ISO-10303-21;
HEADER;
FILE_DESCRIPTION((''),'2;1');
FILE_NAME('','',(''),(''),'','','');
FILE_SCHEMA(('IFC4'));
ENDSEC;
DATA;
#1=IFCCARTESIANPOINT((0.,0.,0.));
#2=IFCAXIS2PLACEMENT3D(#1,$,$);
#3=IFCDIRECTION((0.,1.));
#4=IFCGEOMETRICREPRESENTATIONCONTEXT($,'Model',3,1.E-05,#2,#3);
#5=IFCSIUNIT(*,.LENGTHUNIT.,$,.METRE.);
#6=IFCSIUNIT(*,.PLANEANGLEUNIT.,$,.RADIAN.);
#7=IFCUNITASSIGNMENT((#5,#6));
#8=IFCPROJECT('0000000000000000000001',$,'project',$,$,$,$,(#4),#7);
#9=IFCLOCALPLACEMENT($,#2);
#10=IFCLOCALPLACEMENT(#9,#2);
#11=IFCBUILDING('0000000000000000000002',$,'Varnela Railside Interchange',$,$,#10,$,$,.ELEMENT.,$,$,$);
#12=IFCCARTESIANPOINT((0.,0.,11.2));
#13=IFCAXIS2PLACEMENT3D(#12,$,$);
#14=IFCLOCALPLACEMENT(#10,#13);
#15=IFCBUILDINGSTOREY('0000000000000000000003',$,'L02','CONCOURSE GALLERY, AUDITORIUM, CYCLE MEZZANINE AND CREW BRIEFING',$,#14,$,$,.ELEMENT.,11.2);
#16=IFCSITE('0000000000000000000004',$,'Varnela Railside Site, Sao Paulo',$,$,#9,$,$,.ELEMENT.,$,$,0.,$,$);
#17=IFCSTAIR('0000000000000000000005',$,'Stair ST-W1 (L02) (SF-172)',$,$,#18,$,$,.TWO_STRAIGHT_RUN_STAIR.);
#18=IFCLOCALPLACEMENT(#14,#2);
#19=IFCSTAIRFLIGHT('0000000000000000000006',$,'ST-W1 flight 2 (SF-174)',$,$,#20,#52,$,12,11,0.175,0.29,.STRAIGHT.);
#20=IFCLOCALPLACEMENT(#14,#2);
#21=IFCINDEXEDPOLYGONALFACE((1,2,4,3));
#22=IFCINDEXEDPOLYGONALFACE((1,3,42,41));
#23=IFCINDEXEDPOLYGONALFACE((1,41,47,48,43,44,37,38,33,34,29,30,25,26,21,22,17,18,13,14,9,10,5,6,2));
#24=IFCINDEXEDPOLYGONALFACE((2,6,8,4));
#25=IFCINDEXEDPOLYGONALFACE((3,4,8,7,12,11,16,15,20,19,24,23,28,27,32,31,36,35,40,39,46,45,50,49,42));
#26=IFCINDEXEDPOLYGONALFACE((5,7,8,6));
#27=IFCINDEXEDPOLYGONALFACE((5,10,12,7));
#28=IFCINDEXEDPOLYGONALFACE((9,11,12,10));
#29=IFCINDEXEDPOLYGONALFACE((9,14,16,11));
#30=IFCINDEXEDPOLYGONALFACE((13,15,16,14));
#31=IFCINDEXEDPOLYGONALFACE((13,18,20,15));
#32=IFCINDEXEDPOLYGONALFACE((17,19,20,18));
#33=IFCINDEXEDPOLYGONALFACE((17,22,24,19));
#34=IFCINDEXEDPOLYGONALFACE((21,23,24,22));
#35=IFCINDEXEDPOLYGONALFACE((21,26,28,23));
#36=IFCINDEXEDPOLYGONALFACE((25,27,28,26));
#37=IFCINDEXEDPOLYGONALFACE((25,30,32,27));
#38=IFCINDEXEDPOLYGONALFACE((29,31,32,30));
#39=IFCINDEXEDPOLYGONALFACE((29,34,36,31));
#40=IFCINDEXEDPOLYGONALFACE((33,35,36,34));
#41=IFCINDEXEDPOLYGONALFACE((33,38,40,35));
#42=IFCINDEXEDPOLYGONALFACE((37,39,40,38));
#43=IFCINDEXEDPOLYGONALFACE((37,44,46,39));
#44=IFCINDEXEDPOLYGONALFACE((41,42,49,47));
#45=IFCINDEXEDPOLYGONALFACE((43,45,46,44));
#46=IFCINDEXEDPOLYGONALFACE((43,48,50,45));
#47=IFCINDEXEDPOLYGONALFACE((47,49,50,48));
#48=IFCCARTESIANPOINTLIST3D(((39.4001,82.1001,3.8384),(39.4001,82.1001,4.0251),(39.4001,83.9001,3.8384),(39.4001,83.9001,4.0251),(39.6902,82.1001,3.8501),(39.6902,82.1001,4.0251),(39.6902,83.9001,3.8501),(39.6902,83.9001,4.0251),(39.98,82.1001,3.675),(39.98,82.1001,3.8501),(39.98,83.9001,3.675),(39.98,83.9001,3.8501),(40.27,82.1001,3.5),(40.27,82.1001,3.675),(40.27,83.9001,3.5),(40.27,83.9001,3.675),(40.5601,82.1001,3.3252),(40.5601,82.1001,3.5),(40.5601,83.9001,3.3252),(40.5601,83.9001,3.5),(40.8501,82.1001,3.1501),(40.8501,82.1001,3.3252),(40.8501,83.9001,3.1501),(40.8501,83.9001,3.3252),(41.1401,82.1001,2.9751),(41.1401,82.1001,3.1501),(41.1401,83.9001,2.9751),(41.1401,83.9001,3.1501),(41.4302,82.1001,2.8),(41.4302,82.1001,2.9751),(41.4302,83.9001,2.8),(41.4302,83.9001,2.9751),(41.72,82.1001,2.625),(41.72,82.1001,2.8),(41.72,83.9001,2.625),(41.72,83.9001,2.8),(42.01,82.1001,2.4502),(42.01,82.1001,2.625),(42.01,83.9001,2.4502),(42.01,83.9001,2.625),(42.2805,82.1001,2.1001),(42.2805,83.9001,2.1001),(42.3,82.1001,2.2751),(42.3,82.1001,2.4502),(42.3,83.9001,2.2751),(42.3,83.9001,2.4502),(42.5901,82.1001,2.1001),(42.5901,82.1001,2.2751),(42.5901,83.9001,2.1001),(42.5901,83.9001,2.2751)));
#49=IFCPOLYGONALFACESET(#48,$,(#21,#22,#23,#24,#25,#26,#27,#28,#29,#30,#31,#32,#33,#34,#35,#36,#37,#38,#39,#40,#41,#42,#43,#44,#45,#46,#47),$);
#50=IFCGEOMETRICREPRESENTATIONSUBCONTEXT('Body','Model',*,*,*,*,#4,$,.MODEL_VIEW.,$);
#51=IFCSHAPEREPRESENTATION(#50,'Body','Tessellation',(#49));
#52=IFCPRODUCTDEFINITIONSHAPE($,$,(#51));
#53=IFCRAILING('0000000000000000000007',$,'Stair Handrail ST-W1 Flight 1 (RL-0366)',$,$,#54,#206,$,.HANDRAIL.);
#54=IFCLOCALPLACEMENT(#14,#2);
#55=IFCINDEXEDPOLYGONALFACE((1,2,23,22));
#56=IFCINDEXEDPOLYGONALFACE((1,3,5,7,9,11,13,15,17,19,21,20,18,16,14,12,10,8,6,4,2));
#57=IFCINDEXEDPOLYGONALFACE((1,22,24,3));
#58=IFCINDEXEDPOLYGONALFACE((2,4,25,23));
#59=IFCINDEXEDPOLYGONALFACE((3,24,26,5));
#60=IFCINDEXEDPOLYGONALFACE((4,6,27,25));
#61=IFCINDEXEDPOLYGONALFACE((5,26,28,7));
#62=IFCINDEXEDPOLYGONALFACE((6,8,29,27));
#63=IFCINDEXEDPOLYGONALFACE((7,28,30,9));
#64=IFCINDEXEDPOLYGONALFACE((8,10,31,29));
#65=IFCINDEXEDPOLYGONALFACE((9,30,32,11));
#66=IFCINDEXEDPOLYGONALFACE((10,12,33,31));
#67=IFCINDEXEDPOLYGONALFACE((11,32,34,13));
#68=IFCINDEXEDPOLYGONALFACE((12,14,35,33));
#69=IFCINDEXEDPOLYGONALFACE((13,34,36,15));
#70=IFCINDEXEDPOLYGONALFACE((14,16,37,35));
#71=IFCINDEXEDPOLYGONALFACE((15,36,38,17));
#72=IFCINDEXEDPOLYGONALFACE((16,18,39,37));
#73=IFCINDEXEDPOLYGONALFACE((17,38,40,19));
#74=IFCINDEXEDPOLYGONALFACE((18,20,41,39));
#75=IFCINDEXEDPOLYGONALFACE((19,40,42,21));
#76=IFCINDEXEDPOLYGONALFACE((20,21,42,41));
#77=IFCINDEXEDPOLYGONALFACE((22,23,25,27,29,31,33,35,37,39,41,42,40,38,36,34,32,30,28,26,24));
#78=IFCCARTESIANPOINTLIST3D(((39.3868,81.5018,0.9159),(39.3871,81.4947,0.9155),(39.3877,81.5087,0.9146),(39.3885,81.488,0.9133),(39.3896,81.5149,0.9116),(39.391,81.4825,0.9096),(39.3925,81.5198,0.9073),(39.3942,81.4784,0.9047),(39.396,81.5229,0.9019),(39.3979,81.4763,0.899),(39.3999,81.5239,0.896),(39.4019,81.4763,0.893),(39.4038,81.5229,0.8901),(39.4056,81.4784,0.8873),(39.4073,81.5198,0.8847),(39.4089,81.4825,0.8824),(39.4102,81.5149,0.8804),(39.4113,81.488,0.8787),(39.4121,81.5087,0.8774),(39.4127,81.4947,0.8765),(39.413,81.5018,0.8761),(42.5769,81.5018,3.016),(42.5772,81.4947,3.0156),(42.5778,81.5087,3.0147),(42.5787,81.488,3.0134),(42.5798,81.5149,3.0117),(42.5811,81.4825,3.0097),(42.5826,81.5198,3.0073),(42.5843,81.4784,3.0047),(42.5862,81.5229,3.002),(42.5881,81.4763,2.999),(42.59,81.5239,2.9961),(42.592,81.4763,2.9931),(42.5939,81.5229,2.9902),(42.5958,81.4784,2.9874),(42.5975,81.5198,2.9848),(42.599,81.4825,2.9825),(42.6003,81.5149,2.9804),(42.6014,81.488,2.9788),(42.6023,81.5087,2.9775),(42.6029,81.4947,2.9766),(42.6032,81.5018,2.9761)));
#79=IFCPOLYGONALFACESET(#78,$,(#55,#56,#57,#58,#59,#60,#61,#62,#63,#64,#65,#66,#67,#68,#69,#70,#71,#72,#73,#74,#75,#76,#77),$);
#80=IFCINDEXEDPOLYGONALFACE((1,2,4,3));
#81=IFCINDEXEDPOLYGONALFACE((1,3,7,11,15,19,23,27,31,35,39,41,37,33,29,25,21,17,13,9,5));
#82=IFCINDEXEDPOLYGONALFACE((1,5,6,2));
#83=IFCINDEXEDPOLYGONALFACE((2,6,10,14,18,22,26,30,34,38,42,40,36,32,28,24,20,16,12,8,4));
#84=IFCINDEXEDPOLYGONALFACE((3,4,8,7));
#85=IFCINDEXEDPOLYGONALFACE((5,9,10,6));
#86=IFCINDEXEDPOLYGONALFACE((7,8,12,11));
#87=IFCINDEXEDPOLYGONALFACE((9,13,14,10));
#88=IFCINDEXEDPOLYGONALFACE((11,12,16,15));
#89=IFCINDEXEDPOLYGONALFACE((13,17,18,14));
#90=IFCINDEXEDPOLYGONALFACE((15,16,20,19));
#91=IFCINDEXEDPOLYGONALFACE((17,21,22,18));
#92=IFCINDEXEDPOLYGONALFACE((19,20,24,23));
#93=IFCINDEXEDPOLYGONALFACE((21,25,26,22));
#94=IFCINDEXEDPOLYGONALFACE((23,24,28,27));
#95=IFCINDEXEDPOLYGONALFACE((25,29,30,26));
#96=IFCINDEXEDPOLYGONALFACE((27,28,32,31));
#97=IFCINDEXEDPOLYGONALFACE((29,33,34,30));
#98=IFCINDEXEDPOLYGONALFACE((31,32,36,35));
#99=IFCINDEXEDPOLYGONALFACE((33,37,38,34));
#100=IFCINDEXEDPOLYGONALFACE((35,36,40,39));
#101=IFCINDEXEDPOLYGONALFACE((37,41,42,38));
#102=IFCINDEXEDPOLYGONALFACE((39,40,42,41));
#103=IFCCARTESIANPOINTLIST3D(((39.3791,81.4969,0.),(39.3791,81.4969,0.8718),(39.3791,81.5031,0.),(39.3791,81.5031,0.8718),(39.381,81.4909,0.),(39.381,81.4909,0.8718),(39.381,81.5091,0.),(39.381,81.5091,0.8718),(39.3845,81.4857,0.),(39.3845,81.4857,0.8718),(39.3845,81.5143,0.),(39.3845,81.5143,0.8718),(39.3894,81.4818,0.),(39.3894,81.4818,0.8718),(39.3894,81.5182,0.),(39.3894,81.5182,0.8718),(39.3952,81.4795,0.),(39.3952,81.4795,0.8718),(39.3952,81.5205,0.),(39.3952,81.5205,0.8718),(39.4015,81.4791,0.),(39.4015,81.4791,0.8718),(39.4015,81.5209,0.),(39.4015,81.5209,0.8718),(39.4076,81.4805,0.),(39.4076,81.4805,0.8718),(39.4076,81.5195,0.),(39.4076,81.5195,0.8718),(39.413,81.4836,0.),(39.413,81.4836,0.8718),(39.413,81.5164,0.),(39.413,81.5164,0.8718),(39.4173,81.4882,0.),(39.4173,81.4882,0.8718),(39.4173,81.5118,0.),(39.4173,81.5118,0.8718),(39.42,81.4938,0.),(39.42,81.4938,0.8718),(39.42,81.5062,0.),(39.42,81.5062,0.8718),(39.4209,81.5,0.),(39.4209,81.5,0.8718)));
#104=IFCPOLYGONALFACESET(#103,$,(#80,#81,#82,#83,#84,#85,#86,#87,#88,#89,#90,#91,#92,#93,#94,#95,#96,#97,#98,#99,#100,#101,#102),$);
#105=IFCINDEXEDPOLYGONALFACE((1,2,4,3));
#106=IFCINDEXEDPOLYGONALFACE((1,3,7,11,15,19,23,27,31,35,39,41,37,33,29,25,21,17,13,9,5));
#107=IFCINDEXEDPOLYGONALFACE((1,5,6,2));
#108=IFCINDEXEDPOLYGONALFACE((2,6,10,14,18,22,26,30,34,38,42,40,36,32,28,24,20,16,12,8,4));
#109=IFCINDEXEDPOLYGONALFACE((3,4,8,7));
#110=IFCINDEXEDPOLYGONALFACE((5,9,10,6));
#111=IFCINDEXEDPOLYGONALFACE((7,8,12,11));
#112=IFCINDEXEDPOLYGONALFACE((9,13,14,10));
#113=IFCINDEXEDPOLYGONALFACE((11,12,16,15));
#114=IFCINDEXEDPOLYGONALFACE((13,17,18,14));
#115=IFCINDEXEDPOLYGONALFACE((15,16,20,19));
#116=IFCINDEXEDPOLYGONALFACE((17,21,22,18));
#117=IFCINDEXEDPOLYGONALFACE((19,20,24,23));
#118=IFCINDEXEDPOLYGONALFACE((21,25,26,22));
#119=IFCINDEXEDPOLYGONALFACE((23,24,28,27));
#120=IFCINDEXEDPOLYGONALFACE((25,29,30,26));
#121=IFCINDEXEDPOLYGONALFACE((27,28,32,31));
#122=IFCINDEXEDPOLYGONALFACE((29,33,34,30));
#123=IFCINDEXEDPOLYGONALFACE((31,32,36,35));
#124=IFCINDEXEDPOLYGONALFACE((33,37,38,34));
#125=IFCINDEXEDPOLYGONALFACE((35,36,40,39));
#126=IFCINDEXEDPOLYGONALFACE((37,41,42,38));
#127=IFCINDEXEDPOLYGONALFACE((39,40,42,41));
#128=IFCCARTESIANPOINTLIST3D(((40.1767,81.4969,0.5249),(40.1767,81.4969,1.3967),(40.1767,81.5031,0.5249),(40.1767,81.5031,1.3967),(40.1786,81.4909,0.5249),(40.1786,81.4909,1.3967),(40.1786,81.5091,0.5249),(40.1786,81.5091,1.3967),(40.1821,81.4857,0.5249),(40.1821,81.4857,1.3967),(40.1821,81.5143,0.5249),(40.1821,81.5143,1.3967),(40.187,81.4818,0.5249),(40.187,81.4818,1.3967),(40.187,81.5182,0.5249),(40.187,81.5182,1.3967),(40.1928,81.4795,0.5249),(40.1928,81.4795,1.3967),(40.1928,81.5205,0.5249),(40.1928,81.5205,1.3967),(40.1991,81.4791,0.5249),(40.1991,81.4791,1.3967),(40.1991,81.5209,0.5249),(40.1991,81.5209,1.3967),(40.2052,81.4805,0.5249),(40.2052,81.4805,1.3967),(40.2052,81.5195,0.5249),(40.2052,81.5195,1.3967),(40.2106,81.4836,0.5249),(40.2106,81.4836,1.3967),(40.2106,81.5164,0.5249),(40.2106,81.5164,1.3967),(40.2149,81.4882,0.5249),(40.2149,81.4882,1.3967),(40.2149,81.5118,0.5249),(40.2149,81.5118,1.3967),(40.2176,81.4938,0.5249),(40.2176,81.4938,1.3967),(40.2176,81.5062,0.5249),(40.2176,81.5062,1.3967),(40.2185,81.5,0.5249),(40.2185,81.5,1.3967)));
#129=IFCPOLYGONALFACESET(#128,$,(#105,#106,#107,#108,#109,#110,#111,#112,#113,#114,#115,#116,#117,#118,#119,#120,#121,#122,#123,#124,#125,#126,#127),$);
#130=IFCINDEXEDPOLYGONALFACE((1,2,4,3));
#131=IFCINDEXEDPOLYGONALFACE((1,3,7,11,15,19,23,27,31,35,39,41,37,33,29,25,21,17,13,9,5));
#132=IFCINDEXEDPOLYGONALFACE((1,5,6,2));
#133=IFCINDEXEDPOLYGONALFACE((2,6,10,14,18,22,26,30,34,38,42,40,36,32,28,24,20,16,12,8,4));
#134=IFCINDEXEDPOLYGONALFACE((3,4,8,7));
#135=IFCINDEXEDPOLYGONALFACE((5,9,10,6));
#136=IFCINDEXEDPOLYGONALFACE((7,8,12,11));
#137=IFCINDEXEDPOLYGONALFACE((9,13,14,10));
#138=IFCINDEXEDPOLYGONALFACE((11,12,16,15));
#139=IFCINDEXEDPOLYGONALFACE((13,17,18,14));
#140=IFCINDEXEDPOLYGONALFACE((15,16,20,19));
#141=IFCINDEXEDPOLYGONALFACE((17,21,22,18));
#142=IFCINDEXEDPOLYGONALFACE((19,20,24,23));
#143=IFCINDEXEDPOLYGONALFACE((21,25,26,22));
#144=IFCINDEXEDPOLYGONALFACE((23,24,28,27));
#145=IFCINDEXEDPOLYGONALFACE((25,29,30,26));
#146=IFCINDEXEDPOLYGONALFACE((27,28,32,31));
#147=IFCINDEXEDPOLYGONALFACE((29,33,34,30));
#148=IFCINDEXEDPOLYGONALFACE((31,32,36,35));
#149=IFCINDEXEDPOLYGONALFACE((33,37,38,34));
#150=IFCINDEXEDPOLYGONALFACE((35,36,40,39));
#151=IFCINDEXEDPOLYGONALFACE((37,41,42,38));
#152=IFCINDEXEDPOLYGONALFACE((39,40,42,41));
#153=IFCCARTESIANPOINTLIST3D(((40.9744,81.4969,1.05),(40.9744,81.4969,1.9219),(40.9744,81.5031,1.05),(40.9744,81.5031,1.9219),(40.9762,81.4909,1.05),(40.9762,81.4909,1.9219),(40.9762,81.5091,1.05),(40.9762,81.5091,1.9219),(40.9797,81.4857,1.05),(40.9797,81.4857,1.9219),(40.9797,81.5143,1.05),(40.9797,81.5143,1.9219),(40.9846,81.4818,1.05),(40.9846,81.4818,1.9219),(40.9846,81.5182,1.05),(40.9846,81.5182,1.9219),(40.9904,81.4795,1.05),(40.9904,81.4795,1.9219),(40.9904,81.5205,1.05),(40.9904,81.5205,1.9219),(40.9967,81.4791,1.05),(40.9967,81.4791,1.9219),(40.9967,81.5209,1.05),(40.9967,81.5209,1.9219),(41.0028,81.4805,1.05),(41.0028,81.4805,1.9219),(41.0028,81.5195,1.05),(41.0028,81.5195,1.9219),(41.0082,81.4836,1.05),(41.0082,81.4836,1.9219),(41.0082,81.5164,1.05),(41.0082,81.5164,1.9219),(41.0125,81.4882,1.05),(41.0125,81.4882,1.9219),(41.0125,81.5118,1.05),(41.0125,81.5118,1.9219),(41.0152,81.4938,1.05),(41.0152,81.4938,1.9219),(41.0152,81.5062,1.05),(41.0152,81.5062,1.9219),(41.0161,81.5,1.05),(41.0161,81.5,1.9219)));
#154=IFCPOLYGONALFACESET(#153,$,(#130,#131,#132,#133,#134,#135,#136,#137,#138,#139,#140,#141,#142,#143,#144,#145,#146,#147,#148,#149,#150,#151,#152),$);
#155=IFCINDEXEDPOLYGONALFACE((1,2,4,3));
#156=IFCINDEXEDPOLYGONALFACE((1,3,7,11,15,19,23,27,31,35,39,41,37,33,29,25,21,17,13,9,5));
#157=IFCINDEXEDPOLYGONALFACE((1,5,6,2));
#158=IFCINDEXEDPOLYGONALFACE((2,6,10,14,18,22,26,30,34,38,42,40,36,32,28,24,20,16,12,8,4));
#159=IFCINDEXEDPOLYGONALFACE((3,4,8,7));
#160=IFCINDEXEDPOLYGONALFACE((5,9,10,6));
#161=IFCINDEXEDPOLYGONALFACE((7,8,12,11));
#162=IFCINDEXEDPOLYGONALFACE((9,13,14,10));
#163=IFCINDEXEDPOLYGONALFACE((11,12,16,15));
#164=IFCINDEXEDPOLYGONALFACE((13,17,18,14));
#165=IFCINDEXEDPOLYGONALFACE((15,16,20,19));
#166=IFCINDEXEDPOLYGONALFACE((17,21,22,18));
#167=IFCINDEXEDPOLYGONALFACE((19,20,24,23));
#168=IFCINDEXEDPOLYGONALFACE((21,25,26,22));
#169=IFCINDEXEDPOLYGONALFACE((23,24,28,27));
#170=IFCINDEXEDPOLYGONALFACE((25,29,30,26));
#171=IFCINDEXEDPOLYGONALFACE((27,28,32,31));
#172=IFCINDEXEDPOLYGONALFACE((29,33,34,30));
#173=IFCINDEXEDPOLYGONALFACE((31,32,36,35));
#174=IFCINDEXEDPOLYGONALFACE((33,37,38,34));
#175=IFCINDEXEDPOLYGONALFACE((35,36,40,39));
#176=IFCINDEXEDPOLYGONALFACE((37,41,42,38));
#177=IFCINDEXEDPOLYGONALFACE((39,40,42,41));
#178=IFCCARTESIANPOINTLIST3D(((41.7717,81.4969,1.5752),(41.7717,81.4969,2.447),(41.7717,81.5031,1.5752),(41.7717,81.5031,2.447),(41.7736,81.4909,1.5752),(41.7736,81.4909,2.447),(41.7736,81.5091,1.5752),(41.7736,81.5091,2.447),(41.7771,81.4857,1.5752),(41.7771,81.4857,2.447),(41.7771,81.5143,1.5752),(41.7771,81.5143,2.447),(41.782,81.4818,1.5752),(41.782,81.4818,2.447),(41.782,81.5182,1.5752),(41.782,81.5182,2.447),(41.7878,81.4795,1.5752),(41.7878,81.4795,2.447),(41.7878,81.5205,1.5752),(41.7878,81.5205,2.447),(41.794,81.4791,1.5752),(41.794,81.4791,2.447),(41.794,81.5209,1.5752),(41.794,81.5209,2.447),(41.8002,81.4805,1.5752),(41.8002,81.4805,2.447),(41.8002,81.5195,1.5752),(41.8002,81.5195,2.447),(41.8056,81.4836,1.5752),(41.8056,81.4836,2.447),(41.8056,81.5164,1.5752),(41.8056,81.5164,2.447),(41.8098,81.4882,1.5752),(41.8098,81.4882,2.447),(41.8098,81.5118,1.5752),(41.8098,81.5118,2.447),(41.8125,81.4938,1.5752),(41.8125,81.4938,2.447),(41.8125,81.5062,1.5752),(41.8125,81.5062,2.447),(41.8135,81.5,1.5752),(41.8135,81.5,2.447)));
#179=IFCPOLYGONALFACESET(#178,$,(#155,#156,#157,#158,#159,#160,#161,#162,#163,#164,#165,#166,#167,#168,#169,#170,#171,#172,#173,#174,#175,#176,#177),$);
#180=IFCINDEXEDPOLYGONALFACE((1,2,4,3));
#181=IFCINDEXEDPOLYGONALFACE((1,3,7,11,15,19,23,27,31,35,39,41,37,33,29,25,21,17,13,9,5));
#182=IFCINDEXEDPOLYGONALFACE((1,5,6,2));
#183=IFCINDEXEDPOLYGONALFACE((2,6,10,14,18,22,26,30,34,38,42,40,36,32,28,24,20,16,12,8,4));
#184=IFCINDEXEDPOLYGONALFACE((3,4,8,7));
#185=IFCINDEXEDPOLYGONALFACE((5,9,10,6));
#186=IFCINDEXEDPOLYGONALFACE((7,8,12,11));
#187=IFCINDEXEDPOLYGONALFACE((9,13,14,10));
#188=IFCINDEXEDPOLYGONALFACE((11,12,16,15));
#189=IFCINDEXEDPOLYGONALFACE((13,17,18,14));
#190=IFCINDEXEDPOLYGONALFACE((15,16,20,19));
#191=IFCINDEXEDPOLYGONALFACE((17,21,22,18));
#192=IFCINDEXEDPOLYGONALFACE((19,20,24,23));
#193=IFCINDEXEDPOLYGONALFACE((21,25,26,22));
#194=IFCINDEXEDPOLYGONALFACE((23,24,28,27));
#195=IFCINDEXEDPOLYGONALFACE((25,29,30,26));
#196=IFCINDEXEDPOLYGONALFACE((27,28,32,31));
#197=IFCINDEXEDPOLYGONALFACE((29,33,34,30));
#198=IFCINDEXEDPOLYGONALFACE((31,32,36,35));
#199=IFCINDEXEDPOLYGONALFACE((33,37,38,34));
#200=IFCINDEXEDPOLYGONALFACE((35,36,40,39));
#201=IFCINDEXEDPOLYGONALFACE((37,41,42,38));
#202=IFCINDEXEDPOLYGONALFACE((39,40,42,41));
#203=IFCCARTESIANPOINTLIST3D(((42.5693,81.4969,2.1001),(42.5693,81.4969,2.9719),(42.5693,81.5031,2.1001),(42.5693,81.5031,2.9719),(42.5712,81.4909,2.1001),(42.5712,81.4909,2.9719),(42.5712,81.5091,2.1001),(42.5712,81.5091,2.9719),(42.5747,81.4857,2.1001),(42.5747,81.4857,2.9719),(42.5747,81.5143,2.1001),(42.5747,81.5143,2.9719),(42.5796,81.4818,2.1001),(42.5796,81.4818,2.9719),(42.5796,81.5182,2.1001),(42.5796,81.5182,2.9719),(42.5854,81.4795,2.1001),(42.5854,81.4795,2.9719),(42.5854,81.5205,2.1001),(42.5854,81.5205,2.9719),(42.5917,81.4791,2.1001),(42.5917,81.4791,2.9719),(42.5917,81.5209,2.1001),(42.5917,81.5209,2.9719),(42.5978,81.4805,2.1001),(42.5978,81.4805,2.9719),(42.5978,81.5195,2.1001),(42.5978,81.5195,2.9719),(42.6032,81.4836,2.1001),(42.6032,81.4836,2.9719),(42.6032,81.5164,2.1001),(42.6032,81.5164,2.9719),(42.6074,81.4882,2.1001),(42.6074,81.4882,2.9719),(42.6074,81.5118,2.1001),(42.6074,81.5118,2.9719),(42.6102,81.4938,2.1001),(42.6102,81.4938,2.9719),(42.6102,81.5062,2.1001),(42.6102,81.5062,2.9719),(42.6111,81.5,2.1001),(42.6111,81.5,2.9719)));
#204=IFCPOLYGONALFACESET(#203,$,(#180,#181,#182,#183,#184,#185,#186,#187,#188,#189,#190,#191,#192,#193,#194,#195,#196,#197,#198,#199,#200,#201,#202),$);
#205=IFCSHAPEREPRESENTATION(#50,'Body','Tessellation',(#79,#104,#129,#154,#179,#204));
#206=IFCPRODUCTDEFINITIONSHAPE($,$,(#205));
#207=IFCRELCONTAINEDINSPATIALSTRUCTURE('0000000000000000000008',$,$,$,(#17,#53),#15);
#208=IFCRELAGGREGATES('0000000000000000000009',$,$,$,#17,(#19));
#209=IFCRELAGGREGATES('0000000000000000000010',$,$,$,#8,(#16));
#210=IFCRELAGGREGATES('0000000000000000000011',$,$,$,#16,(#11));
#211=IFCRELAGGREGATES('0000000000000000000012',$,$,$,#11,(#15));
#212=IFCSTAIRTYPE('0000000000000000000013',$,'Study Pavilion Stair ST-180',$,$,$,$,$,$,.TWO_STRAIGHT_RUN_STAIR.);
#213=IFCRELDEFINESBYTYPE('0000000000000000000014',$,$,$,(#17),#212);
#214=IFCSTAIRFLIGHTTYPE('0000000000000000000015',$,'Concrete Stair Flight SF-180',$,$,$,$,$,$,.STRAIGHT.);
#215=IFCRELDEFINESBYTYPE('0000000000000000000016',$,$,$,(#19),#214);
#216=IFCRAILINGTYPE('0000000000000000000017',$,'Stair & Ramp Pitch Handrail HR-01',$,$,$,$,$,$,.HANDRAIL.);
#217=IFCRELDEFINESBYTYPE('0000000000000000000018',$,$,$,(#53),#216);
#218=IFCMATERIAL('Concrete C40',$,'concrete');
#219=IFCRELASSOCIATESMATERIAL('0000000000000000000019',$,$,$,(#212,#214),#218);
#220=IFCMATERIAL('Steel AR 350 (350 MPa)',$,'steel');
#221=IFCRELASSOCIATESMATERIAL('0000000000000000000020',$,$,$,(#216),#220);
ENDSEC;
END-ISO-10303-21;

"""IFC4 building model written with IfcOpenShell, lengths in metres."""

from ifc_helpers import new_model, si_unit, direction, frame, origin, origin_2d, place, context, subcontext, project, spatial, polyline, circle, outline, extrude, material, type_object, element, aggregate, save


model = new_model("IFC4")

# Units and contexts
model_context = context("Model", 3, precision=1e-05, world=origin(), true_north=direction((0.0, 1.0)))
body_context = subcontext(model_context, "Body", "Model", "MODEL_VIEW")
ifc_project = project(units=[si_unit("LENGTHUNIT", "METRE"), si_unit("PLANEANGLEUNIT", "RADIAN")], contexts=[model_context])

# Site, building, storey
site_placement = place(None, origin())
site = spatial("IfcSite", under=ifc_project, at=site_placement, Name="Varnela Railside Site, Sao Paulo", CompositionType="ELEMENT", RefElevation=0.0)
building_placement = place(site_placement, origin())
building = spatial("IfcBuilding", under=site, at=building_placement, Name="Varnela Railside Interchange", CompositionType="ELEMENT")
storey_placement = place(building_placement, frame((0.0, 0.0, 11.2)))
storey = spatial("IfcBuildingStorey", under=building, at=storey_placement, Name="L02", Description="CONCOURSE GALLERY, AUDITORIUM, CYCLE MEZZANINE AND CREW BRIEFING", CompositionType="ELEMENT", Elevation=11.2)

# Shared definitions
ifc_material_1 = material(Name="Steel AR 350 (350 MPa)", Category="steel")

# Shared definitions
ifc_material_2 = material(Name="Concrete C40", Category="concrete")

# Stair, stair flight
stair_type = type_object("IfcStairType", Name="Study Pavilion Stair ST-180", PredefinedType="TWO_STRAIGHT_RUN_STAIR", material=ifc_material_2)
stair_placement = place(storey_placement, origin())
stair = element("IfcStair", 1, at=stair_placement, inside=storey, type_object=stair_type, Name="Stair ST-W1 (L02) (SF-172)", PredefinedType="TWO_STRAIGHT_RUN_STAIR")
stair_flight_type = type_object("IfcStairFlightType", Name="Concrete Stair Flight SF-180", PredefinedType="STRAIGHT", material=ifc_material_2)
stair_flight_1_placement = place(storey_placement, frame((42.5901, 83.0, 2.1001), z_axis=(0.0, 0.0, 1.0), x_axis=(-1.0, 0.0, 0.0)))
stair_flight_1 = element("IfcStairFlight", 2, at=stair_flight_1_placement, type_object=stair_flight_type, Name="ST-W1 flight 2 (SF-174)", NumberOfRisers=12, NumberOfTreads=11, PredefinedType="STRAIGHT", RiserHeight=0.175, TreadLength=0.29, context=body_context, shape_type="SweptSolid", body=[
    extrude(outline(polyline([(0.0, 0.0), (0.0, 0.175), (0.29, 0.175), (0.29, 0.3501), (0.5801, 0.3501), (0.5801, 0.5249), (0.8701, 0.5249), (0.8701, 0.7), (1.1599, 0.7), (1.1599, 0.875), (1.45, 0.875), (1.45, 1.05), (1.74, 1.05), (1.74, 1.2251), (2.03, 1.2251), (2.03, 1.3999), (2.3201, 1.3999), (2.3201, 1.575), (2.6101, 1.575), (2.6101, 1.75), (2.8999, 1.75), (2.8999, 1.925), (3.1899, 1.925), (3.1899, 2.1001), (3.1899, 1.7383), (0.3096, 0.0), (0.0, 0.0)])), frame((0.0, 0.8999, 0.0), z_axis=(0.0, -1.0, 0.0), x_axis=(1.0, 0.0, 0.0)), (0.0, 0.0, 1.0), 1.8),
])
aggregate(stair, [stair_flight_1])

# Railing
railing_type_1 = type_object("IfcRailingType", Name="Stair & Ramp Pitch Handrail HR-01", PredefinedType="HANDRAIL", material=ifc_material_1)
railing_1_placement = place(storey_placement, frame((39.3999, 81.5, 0.0)))
element("IfcRailing", 3, at=railing_1_placement, inside=storey, type_object=railing_type_1, Name="Stair Handrail ST-W1 Flight 1 (RL-0366)", PredefinedType="HANDRAIL", context=body_context, shape_type="SweptSolid", body=[
    extrude(circle(Radius=0.0239, at=origin_2d()), frame((0.0, 0.0, 0.896), z_axis=(0.835262, 0.0, 0.549852), x_axis=(0.0, 1.0, 0.0)), (0.0, 0.0, 1.0), 3.8193),
    extrude(circle(Radius=0.021, at=origin_2d()), origin(), (0.0, 0.0, 1.0), 0.8718),
    extrude(circle(Radius=0.021, at=origin_2d()), frame((0.7976, 0.0, 0.5249)), (0.0, 0.0, 1.0), 0.8718),
    extrude(circle(Radius=0.021, at=origin_2d()), frame((1.5952, 0.0, 1.05)), (0.0, 0.0, 1.0), 0.8718),
    extrude(circle(Radius=0.021, at=origin_2d()), frame((2.3926, 0.0, 1.5752)), (0.0, 0.0, 1.0), 0.8718),
    extrude(circle(Radius=0.021, at=origin_2d()), frame((3.1902, 0.0, 2.1001)), (0.0, 0.0, 1.0), 0.8718),
])

save(model, "model.ifc")
